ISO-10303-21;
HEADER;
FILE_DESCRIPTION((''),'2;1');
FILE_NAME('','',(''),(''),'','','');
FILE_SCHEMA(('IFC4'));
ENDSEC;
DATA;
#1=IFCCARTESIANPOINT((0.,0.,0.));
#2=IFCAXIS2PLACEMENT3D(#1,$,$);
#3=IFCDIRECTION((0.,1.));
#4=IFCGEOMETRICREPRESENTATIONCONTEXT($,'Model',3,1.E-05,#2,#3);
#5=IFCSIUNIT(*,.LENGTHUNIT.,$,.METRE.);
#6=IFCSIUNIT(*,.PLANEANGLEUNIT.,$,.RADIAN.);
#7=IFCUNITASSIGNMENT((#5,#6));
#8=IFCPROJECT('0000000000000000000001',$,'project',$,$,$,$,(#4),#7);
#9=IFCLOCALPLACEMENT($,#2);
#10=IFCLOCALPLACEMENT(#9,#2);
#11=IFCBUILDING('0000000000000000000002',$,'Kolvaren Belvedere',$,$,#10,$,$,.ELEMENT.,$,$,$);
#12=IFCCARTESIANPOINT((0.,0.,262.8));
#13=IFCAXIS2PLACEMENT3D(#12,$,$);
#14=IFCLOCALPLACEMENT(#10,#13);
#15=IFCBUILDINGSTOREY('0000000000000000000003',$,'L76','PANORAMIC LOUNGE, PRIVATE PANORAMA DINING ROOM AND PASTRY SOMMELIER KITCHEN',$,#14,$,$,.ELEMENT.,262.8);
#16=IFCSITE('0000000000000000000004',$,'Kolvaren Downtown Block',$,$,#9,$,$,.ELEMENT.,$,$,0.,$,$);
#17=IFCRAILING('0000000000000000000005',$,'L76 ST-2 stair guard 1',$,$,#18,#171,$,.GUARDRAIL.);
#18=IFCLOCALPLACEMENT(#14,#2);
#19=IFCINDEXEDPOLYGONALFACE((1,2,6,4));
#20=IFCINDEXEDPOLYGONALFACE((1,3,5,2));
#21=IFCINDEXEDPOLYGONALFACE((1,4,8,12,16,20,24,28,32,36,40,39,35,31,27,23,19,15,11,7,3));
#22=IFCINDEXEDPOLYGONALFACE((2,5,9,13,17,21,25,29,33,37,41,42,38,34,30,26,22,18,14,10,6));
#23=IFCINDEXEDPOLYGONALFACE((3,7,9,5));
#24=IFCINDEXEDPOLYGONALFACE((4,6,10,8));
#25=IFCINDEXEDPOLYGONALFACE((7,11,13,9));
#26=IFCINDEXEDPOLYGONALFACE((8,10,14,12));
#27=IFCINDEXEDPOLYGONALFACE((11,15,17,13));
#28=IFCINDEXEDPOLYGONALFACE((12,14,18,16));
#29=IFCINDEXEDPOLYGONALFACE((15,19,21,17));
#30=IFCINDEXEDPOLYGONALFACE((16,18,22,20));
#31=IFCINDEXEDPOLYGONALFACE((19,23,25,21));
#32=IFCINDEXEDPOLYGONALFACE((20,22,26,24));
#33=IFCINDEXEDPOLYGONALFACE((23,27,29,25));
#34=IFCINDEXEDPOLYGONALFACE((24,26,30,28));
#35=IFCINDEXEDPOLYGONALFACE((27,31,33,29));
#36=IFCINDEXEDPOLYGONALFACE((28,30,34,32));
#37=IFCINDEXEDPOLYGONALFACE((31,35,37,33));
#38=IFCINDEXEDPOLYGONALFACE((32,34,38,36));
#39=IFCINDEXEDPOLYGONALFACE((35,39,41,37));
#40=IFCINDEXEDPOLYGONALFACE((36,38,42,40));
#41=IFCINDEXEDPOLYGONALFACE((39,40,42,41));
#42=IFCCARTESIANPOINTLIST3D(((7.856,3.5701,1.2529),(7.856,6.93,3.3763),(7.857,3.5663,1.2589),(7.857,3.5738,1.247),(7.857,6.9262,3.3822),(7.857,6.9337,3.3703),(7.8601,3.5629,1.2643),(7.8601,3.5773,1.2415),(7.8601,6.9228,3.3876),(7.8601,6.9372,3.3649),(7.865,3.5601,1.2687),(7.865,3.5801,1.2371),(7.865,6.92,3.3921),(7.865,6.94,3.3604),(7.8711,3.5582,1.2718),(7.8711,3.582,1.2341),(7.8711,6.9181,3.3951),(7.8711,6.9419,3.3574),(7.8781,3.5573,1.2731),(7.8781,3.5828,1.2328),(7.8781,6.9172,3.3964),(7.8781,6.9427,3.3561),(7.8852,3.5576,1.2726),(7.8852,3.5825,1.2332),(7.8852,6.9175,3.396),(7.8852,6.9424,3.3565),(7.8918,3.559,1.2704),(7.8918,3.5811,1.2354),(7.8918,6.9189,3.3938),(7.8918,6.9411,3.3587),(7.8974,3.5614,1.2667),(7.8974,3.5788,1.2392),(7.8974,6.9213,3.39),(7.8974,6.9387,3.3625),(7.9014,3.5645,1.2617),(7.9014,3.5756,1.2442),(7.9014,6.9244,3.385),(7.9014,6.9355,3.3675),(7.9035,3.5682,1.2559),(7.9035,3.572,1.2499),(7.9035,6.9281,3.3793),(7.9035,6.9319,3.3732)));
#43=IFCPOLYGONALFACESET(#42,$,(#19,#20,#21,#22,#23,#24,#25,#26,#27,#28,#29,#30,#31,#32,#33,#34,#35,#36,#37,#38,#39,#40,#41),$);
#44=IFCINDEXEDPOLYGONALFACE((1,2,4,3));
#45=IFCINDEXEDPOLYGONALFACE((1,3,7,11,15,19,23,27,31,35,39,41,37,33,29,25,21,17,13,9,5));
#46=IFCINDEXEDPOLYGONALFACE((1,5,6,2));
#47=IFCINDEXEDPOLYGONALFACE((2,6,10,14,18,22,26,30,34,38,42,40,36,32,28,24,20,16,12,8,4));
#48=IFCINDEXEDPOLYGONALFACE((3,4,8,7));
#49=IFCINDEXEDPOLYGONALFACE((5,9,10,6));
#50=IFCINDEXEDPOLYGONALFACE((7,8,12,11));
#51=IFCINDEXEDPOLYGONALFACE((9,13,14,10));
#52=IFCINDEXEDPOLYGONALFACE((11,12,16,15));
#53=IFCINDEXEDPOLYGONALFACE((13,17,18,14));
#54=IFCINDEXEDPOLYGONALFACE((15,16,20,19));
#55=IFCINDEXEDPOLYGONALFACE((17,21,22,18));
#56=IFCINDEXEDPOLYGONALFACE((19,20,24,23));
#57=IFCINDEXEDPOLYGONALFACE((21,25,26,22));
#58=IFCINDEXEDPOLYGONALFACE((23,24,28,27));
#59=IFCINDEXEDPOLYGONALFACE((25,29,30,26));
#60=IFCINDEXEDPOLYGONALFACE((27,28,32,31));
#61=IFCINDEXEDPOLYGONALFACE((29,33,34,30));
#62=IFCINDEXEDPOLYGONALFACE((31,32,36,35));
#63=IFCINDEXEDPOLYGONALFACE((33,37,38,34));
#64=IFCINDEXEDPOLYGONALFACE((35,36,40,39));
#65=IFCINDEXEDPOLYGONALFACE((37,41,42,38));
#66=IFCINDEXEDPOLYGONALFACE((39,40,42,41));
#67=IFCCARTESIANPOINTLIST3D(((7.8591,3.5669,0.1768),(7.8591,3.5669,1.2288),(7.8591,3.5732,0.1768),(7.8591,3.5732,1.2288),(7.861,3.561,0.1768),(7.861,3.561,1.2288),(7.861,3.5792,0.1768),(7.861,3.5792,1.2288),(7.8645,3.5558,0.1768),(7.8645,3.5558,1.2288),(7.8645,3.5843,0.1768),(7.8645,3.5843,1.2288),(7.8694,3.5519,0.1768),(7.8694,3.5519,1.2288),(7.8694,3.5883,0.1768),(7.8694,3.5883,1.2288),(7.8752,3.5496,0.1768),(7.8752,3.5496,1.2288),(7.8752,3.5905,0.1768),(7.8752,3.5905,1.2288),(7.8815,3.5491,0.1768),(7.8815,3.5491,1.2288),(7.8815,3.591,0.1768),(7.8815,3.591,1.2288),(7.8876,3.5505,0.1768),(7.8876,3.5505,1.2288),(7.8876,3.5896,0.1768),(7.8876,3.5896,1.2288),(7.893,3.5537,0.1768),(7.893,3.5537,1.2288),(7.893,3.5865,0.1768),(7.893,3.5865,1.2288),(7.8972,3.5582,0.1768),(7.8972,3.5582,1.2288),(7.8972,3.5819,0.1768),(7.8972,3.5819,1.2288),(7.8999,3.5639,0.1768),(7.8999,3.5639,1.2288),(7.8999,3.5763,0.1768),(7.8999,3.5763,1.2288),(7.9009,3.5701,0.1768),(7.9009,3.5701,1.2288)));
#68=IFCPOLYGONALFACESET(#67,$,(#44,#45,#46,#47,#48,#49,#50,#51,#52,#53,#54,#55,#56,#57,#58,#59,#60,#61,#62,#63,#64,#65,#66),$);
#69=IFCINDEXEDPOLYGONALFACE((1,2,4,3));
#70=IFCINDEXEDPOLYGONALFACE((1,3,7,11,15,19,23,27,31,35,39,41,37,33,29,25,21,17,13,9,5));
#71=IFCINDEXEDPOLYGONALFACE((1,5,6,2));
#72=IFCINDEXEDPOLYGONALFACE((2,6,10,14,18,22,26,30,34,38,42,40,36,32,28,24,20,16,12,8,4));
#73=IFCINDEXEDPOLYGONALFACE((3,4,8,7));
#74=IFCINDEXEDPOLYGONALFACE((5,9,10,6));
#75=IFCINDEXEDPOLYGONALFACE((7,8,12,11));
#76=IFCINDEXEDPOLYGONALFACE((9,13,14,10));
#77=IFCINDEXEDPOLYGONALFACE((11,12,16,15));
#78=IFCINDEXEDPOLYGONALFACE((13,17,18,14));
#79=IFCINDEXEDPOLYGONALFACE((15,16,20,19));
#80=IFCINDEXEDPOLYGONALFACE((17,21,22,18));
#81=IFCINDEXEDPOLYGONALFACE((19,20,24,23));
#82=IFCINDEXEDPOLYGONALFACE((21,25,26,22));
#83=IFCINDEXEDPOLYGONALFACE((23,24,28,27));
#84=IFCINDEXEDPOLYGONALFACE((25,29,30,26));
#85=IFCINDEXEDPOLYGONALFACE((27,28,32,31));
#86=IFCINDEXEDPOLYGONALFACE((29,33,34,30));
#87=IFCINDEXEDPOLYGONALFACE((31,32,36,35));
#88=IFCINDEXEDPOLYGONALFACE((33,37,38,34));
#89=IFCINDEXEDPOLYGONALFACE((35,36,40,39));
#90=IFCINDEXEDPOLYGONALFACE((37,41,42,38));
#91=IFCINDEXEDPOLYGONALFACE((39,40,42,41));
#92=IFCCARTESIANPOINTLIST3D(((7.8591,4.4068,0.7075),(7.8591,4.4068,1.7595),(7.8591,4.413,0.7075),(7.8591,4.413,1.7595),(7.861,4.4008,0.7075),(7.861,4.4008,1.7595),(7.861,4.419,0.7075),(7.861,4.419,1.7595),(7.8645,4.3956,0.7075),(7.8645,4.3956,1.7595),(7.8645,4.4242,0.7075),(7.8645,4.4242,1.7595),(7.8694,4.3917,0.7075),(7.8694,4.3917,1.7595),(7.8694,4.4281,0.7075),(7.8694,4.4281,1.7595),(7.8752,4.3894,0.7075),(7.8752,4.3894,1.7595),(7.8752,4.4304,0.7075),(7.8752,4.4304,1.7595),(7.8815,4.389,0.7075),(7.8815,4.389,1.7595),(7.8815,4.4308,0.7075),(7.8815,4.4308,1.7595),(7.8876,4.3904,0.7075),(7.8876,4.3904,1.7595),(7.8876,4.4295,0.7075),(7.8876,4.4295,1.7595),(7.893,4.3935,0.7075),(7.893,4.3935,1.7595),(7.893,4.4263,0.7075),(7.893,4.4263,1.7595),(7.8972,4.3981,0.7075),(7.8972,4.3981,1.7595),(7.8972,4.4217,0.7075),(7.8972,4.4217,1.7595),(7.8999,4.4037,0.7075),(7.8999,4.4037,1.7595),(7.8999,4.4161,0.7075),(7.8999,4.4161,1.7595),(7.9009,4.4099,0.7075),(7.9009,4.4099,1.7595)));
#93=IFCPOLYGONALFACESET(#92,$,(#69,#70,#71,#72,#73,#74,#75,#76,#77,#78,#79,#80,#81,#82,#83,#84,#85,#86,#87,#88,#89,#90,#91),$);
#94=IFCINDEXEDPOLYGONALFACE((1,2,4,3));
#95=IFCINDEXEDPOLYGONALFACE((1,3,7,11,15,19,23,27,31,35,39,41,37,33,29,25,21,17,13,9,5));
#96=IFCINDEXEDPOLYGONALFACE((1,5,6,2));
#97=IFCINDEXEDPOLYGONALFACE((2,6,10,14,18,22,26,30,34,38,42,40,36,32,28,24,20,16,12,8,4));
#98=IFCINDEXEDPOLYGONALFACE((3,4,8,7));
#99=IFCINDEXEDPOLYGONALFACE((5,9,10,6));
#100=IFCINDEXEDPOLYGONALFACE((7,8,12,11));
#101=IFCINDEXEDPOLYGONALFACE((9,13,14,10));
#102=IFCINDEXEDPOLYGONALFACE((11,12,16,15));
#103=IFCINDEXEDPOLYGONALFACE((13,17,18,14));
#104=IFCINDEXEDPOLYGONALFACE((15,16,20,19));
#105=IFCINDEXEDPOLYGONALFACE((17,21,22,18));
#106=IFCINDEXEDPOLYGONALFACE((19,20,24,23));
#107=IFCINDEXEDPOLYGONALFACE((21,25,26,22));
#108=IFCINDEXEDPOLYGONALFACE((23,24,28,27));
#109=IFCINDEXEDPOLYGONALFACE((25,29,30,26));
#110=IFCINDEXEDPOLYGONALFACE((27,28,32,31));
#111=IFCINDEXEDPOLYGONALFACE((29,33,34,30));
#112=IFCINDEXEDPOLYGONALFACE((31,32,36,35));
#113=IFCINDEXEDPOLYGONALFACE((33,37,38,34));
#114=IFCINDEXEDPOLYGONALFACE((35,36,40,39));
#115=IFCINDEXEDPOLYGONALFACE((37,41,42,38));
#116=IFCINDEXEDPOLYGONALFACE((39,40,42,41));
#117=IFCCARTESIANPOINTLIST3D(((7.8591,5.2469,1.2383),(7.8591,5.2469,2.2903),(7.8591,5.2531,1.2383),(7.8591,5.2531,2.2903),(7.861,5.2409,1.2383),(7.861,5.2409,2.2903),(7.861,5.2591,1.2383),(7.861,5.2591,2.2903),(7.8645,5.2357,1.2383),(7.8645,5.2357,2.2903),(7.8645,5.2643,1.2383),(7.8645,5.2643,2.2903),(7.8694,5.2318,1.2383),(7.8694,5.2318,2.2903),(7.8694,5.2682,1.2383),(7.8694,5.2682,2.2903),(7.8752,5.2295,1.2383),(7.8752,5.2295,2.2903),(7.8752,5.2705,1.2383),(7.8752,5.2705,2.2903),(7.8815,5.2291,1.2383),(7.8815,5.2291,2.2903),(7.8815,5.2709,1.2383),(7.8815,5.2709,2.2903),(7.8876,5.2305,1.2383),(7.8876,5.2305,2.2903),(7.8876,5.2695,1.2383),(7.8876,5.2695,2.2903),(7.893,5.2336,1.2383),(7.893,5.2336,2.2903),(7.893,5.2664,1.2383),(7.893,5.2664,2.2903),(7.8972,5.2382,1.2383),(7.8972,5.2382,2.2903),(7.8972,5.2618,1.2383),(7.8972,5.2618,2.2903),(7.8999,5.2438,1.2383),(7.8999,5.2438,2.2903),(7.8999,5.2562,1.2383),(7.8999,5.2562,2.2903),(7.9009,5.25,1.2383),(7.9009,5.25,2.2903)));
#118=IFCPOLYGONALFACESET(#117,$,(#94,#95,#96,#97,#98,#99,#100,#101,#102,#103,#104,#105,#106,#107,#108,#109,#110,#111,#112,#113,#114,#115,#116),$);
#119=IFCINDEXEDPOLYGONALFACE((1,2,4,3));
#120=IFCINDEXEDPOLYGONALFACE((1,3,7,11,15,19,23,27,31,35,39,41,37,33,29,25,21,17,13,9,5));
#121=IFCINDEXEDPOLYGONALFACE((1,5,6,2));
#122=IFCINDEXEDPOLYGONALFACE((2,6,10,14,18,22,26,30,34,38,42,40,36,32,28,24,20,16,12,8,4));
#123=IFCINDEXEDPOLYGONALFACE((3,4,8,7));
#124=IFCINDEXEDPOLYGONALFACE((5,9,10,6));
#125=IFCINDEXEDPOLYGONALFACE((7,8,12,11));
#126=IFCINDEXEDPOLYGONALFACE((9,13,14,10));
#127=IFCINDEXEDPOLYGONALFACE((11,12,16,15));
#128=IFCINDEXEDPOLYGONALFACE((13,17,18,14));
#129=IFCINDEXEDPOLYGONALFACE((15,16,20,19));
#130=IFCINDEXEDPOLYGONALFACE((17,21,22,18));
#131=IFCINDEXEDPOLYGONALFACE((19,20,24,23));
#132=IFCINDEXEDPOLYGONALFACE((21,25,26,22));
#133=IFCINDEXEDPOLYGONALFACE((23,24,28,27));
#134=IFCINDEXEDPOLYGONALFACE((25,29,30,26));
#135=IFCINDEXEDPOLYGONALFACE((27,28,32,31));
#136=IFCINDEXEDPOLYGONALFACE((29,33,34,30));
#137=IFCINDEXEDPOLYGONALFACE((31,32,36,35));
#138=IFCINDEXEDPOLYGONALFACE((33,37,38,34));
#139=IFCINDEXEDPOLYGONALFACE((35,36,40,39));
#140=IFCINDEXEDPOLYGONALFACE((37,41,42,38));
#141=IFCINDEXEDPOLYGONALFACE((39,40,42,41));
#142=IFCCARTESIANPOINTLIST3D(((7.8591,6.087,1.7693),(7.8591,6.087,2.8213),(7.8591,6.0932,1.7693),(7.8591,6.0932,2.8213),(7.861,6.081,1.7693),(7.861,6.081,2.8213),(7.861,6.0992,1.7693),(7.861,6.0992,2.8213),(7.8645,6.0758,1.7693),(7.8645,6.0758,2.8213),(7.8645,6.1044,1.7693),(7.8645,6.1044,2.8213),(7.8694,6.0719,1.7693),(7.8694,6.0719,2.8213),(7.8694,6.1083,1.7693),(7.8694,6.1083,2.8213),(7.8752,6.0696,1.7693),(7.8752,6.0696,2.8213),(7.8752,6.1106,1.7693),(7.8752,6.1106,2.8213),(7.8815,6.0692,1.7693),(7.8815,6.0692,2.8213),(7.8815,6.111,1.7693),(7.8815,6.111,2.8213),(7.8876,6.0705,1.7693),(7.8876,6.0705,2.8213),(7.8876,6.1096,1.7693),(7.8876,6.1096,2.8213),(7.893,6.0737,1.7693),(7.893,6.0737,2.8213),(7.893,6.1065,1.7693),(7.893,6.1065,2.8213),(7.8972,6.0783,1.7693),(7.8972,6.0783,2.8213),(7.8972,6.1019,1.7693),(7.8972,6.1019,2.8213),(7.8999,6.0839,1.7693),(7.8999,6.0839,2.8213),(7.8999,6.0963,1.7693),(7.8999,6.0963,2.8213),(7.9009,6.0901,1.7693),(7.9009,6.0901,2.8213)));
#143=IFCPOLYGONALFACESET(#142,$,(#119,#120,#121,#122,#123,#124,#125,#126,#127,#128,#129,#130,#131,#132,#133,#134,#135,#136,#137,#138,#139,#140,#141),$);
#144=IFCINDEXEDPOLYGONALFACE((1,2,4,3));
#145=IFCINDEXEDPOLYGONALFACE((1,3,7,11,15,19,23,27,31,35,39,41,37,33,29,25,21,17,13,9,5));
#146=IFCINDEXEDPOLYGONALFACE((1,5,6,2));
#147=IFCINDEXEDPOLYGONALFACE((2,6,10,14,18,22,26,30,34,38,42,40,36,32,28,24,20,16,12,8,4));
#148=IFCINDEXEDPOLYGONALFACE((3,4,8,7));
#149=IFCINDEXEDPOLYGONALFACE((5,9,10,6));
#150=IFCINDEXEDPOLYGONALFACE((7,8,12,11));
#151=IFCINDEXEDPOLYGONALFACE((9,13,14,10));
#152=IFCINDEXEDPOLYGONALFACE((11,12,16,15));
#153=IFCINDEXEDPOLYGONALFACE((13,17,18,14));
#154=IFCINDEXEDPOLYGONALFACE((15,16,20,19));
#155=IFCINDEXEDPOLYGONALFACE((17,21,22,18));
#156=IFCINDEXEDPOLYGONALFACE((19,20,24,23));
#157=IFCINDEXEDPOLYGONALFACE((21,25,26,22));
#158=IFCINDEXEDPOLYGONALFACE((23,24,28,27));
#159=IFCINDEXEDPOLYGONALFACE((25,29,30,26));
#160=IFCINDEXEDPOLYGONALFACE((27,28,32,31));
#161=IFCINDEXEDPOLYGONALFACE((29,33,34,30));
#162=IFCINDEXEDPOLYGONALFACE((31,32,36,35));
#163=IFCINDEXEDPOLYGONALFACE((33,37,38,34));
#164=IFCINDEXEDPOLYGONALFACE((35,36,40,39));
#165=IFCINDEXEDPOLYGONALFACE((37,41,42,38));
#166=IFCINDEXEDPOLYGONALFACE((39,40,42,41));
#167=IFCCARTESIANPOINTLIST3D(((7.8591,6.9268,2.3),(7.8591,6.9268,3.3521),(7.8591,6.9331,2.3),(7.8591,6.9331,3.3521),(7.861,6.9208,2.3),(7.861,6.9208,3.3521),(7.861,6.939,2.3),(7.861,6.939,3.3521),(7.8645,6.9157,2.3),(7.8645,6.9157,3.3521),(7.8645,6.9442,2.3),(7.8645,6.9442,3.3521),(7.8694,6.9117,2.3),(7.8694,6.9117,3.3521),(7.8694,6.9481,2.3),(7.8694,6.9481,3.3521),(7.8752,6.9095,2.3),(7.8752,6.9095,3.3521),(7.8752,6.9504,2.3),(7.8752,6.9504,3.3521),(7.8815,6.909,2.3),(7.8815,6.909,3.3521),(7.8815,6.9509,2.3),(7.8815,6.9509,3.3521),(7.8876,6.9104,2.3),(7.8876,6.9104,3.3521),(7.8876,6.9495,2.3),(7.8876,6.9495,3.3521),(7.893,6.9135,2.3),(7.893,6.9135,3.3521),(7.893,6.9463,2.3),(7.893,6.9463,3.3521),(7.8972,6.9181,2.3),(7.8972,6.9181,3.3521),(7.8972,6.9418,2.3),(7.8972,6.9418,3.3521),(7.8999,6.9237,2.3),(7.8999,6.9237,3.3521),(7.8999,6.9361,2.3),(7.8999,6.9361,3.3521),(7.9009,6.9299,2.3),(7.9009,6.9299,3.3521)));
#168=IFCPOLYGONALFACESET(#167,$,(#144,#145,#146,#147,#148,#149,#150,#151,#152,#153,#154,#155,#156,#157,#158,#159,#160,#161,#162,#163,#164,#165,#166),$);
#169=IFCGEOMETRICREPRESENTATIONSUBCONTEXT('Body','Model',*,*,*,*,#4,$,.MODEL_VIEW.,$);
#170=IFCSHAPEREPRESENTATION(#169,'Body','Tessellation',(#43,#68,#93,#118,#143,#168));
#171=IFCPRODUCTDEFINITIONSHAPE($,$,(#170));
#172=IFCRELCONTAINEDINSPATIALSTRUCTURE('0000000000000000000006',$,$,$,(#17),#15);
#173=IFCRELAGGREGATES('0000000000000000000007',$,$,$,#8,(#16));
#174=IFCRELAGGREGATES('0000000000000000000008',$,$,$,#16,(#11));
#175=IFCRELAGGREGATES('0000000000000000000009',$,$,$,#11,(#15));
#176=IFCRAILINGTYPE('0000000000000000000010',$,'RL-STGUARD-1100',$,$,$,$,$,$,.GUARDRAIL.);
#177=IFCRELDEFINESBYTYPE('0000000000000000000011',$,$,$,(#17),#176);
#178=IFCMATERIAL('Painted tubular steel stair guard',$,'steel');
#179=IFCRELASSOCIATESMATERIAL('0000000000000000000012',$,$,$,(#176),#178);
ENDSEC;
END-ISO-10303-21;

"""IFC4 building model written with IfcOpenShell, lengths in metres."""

from ifc_helpers import new_model, si_unit, direction, frame, origin, origin_2d, place, context, subcontext, project, spatial, circle, extrude, material, type_object, element, save


model = new_model("IFC4")

# Units and contexts
model_context = context("Model", 3, precision=1e-05, world=origin(), true_north=direction((0.0, 1.0)))
body_context = subcontext(model_context, "Body", "Model", "MODEL_VIEW")
ifc_project = project(units=[si_unit("LENGTHUNIT", "METRE"), si_unit("PLANEANGLEUNIT", "RADIAN")], contexts=[model_context])

# Site, building, storey
site_placement = place(None, origin())
site = spatial("IfcSite", under=ifc_project, at=site_placement, Name="Kolvaren Downtown Block", CompositionType="ELEMENT", RefElevation=0.0)
building_placement = place(site_placement, origin())
building = spatial("IfcBuilding", under=site, at=building_placement, Name="Kolvaren Belvedere", CompositionType="ELEMENT")
storey_placement = place(building_placement, frame((0.0, 0.0, 262.8)))
storey = spatial("IfcBuildingStorey", under=building, at=storey_placement, Name="L76", Description="PANORAMIC LOUNGE, PRIVATE PANORAMA DINING ROOM AND PASTRY SOMMELIER KITCHEN", CompositionType="ELEMENT", Elevation=262.8)

# Railing
ifc_material_1 = material(Name="Painted tubular steel stair guard", Category="steel")
railing_type_1 = type_object("IfcRailingType", Name="RL-STGUARD-1100", PredefinedType="GUARDRAIL", material=ifc_material_1)
railing_1_placement = place(storey_placement, frame((7.8799, 3.5701, 0.1768)))
element("IfcRailing", 1, at=railing_1_placement, inside=storey, type_object=railing_type_1, Name="L76 ST-2 stair guard 1", PredefinedType="GUARDRAIL", context=body_context, shape_type="SweptSolid", body=[
    extrude(circle(Radius=0.0239, at=origin_2d()), frame((0.0, 0.0, 1.0762), z_axis=(0.0, 0.845344, 0.534222), x_axis=(-1.0, 0.0, 0.0)), (0.0, 0.0, 1.0), 3.9746),
    extrude(circle(Radius=0.021, at=origin_2d()), origin(), (0.0, 0.0, 1.0), 1.052),
    extrude(circle(Radius=0.021, at=origin_2d()), frame((0.0, 0.8398, 0.5308)), (0.0, 0.0, 1.0), 1.052),
    extrude(circle(Radius=0.021, at=origin_2d()), frame((0.0, 1.6799, 1.0615)), (0.0, 0.0, 1.0), 1.052),
    extrude(circle(Radius=0.021, at=origin_2d()), frame((0.0, 2.52, 1.5925)), (0.0, 0.0, 1.0), 1.052),
    extrude(circle(Radius=0.021, at=origin_2d()), frame((0.0, 3.3599, 2.1233)), (0.0, 0.0, 1.0), 1.052),
])

save(model, "model.ifc")
